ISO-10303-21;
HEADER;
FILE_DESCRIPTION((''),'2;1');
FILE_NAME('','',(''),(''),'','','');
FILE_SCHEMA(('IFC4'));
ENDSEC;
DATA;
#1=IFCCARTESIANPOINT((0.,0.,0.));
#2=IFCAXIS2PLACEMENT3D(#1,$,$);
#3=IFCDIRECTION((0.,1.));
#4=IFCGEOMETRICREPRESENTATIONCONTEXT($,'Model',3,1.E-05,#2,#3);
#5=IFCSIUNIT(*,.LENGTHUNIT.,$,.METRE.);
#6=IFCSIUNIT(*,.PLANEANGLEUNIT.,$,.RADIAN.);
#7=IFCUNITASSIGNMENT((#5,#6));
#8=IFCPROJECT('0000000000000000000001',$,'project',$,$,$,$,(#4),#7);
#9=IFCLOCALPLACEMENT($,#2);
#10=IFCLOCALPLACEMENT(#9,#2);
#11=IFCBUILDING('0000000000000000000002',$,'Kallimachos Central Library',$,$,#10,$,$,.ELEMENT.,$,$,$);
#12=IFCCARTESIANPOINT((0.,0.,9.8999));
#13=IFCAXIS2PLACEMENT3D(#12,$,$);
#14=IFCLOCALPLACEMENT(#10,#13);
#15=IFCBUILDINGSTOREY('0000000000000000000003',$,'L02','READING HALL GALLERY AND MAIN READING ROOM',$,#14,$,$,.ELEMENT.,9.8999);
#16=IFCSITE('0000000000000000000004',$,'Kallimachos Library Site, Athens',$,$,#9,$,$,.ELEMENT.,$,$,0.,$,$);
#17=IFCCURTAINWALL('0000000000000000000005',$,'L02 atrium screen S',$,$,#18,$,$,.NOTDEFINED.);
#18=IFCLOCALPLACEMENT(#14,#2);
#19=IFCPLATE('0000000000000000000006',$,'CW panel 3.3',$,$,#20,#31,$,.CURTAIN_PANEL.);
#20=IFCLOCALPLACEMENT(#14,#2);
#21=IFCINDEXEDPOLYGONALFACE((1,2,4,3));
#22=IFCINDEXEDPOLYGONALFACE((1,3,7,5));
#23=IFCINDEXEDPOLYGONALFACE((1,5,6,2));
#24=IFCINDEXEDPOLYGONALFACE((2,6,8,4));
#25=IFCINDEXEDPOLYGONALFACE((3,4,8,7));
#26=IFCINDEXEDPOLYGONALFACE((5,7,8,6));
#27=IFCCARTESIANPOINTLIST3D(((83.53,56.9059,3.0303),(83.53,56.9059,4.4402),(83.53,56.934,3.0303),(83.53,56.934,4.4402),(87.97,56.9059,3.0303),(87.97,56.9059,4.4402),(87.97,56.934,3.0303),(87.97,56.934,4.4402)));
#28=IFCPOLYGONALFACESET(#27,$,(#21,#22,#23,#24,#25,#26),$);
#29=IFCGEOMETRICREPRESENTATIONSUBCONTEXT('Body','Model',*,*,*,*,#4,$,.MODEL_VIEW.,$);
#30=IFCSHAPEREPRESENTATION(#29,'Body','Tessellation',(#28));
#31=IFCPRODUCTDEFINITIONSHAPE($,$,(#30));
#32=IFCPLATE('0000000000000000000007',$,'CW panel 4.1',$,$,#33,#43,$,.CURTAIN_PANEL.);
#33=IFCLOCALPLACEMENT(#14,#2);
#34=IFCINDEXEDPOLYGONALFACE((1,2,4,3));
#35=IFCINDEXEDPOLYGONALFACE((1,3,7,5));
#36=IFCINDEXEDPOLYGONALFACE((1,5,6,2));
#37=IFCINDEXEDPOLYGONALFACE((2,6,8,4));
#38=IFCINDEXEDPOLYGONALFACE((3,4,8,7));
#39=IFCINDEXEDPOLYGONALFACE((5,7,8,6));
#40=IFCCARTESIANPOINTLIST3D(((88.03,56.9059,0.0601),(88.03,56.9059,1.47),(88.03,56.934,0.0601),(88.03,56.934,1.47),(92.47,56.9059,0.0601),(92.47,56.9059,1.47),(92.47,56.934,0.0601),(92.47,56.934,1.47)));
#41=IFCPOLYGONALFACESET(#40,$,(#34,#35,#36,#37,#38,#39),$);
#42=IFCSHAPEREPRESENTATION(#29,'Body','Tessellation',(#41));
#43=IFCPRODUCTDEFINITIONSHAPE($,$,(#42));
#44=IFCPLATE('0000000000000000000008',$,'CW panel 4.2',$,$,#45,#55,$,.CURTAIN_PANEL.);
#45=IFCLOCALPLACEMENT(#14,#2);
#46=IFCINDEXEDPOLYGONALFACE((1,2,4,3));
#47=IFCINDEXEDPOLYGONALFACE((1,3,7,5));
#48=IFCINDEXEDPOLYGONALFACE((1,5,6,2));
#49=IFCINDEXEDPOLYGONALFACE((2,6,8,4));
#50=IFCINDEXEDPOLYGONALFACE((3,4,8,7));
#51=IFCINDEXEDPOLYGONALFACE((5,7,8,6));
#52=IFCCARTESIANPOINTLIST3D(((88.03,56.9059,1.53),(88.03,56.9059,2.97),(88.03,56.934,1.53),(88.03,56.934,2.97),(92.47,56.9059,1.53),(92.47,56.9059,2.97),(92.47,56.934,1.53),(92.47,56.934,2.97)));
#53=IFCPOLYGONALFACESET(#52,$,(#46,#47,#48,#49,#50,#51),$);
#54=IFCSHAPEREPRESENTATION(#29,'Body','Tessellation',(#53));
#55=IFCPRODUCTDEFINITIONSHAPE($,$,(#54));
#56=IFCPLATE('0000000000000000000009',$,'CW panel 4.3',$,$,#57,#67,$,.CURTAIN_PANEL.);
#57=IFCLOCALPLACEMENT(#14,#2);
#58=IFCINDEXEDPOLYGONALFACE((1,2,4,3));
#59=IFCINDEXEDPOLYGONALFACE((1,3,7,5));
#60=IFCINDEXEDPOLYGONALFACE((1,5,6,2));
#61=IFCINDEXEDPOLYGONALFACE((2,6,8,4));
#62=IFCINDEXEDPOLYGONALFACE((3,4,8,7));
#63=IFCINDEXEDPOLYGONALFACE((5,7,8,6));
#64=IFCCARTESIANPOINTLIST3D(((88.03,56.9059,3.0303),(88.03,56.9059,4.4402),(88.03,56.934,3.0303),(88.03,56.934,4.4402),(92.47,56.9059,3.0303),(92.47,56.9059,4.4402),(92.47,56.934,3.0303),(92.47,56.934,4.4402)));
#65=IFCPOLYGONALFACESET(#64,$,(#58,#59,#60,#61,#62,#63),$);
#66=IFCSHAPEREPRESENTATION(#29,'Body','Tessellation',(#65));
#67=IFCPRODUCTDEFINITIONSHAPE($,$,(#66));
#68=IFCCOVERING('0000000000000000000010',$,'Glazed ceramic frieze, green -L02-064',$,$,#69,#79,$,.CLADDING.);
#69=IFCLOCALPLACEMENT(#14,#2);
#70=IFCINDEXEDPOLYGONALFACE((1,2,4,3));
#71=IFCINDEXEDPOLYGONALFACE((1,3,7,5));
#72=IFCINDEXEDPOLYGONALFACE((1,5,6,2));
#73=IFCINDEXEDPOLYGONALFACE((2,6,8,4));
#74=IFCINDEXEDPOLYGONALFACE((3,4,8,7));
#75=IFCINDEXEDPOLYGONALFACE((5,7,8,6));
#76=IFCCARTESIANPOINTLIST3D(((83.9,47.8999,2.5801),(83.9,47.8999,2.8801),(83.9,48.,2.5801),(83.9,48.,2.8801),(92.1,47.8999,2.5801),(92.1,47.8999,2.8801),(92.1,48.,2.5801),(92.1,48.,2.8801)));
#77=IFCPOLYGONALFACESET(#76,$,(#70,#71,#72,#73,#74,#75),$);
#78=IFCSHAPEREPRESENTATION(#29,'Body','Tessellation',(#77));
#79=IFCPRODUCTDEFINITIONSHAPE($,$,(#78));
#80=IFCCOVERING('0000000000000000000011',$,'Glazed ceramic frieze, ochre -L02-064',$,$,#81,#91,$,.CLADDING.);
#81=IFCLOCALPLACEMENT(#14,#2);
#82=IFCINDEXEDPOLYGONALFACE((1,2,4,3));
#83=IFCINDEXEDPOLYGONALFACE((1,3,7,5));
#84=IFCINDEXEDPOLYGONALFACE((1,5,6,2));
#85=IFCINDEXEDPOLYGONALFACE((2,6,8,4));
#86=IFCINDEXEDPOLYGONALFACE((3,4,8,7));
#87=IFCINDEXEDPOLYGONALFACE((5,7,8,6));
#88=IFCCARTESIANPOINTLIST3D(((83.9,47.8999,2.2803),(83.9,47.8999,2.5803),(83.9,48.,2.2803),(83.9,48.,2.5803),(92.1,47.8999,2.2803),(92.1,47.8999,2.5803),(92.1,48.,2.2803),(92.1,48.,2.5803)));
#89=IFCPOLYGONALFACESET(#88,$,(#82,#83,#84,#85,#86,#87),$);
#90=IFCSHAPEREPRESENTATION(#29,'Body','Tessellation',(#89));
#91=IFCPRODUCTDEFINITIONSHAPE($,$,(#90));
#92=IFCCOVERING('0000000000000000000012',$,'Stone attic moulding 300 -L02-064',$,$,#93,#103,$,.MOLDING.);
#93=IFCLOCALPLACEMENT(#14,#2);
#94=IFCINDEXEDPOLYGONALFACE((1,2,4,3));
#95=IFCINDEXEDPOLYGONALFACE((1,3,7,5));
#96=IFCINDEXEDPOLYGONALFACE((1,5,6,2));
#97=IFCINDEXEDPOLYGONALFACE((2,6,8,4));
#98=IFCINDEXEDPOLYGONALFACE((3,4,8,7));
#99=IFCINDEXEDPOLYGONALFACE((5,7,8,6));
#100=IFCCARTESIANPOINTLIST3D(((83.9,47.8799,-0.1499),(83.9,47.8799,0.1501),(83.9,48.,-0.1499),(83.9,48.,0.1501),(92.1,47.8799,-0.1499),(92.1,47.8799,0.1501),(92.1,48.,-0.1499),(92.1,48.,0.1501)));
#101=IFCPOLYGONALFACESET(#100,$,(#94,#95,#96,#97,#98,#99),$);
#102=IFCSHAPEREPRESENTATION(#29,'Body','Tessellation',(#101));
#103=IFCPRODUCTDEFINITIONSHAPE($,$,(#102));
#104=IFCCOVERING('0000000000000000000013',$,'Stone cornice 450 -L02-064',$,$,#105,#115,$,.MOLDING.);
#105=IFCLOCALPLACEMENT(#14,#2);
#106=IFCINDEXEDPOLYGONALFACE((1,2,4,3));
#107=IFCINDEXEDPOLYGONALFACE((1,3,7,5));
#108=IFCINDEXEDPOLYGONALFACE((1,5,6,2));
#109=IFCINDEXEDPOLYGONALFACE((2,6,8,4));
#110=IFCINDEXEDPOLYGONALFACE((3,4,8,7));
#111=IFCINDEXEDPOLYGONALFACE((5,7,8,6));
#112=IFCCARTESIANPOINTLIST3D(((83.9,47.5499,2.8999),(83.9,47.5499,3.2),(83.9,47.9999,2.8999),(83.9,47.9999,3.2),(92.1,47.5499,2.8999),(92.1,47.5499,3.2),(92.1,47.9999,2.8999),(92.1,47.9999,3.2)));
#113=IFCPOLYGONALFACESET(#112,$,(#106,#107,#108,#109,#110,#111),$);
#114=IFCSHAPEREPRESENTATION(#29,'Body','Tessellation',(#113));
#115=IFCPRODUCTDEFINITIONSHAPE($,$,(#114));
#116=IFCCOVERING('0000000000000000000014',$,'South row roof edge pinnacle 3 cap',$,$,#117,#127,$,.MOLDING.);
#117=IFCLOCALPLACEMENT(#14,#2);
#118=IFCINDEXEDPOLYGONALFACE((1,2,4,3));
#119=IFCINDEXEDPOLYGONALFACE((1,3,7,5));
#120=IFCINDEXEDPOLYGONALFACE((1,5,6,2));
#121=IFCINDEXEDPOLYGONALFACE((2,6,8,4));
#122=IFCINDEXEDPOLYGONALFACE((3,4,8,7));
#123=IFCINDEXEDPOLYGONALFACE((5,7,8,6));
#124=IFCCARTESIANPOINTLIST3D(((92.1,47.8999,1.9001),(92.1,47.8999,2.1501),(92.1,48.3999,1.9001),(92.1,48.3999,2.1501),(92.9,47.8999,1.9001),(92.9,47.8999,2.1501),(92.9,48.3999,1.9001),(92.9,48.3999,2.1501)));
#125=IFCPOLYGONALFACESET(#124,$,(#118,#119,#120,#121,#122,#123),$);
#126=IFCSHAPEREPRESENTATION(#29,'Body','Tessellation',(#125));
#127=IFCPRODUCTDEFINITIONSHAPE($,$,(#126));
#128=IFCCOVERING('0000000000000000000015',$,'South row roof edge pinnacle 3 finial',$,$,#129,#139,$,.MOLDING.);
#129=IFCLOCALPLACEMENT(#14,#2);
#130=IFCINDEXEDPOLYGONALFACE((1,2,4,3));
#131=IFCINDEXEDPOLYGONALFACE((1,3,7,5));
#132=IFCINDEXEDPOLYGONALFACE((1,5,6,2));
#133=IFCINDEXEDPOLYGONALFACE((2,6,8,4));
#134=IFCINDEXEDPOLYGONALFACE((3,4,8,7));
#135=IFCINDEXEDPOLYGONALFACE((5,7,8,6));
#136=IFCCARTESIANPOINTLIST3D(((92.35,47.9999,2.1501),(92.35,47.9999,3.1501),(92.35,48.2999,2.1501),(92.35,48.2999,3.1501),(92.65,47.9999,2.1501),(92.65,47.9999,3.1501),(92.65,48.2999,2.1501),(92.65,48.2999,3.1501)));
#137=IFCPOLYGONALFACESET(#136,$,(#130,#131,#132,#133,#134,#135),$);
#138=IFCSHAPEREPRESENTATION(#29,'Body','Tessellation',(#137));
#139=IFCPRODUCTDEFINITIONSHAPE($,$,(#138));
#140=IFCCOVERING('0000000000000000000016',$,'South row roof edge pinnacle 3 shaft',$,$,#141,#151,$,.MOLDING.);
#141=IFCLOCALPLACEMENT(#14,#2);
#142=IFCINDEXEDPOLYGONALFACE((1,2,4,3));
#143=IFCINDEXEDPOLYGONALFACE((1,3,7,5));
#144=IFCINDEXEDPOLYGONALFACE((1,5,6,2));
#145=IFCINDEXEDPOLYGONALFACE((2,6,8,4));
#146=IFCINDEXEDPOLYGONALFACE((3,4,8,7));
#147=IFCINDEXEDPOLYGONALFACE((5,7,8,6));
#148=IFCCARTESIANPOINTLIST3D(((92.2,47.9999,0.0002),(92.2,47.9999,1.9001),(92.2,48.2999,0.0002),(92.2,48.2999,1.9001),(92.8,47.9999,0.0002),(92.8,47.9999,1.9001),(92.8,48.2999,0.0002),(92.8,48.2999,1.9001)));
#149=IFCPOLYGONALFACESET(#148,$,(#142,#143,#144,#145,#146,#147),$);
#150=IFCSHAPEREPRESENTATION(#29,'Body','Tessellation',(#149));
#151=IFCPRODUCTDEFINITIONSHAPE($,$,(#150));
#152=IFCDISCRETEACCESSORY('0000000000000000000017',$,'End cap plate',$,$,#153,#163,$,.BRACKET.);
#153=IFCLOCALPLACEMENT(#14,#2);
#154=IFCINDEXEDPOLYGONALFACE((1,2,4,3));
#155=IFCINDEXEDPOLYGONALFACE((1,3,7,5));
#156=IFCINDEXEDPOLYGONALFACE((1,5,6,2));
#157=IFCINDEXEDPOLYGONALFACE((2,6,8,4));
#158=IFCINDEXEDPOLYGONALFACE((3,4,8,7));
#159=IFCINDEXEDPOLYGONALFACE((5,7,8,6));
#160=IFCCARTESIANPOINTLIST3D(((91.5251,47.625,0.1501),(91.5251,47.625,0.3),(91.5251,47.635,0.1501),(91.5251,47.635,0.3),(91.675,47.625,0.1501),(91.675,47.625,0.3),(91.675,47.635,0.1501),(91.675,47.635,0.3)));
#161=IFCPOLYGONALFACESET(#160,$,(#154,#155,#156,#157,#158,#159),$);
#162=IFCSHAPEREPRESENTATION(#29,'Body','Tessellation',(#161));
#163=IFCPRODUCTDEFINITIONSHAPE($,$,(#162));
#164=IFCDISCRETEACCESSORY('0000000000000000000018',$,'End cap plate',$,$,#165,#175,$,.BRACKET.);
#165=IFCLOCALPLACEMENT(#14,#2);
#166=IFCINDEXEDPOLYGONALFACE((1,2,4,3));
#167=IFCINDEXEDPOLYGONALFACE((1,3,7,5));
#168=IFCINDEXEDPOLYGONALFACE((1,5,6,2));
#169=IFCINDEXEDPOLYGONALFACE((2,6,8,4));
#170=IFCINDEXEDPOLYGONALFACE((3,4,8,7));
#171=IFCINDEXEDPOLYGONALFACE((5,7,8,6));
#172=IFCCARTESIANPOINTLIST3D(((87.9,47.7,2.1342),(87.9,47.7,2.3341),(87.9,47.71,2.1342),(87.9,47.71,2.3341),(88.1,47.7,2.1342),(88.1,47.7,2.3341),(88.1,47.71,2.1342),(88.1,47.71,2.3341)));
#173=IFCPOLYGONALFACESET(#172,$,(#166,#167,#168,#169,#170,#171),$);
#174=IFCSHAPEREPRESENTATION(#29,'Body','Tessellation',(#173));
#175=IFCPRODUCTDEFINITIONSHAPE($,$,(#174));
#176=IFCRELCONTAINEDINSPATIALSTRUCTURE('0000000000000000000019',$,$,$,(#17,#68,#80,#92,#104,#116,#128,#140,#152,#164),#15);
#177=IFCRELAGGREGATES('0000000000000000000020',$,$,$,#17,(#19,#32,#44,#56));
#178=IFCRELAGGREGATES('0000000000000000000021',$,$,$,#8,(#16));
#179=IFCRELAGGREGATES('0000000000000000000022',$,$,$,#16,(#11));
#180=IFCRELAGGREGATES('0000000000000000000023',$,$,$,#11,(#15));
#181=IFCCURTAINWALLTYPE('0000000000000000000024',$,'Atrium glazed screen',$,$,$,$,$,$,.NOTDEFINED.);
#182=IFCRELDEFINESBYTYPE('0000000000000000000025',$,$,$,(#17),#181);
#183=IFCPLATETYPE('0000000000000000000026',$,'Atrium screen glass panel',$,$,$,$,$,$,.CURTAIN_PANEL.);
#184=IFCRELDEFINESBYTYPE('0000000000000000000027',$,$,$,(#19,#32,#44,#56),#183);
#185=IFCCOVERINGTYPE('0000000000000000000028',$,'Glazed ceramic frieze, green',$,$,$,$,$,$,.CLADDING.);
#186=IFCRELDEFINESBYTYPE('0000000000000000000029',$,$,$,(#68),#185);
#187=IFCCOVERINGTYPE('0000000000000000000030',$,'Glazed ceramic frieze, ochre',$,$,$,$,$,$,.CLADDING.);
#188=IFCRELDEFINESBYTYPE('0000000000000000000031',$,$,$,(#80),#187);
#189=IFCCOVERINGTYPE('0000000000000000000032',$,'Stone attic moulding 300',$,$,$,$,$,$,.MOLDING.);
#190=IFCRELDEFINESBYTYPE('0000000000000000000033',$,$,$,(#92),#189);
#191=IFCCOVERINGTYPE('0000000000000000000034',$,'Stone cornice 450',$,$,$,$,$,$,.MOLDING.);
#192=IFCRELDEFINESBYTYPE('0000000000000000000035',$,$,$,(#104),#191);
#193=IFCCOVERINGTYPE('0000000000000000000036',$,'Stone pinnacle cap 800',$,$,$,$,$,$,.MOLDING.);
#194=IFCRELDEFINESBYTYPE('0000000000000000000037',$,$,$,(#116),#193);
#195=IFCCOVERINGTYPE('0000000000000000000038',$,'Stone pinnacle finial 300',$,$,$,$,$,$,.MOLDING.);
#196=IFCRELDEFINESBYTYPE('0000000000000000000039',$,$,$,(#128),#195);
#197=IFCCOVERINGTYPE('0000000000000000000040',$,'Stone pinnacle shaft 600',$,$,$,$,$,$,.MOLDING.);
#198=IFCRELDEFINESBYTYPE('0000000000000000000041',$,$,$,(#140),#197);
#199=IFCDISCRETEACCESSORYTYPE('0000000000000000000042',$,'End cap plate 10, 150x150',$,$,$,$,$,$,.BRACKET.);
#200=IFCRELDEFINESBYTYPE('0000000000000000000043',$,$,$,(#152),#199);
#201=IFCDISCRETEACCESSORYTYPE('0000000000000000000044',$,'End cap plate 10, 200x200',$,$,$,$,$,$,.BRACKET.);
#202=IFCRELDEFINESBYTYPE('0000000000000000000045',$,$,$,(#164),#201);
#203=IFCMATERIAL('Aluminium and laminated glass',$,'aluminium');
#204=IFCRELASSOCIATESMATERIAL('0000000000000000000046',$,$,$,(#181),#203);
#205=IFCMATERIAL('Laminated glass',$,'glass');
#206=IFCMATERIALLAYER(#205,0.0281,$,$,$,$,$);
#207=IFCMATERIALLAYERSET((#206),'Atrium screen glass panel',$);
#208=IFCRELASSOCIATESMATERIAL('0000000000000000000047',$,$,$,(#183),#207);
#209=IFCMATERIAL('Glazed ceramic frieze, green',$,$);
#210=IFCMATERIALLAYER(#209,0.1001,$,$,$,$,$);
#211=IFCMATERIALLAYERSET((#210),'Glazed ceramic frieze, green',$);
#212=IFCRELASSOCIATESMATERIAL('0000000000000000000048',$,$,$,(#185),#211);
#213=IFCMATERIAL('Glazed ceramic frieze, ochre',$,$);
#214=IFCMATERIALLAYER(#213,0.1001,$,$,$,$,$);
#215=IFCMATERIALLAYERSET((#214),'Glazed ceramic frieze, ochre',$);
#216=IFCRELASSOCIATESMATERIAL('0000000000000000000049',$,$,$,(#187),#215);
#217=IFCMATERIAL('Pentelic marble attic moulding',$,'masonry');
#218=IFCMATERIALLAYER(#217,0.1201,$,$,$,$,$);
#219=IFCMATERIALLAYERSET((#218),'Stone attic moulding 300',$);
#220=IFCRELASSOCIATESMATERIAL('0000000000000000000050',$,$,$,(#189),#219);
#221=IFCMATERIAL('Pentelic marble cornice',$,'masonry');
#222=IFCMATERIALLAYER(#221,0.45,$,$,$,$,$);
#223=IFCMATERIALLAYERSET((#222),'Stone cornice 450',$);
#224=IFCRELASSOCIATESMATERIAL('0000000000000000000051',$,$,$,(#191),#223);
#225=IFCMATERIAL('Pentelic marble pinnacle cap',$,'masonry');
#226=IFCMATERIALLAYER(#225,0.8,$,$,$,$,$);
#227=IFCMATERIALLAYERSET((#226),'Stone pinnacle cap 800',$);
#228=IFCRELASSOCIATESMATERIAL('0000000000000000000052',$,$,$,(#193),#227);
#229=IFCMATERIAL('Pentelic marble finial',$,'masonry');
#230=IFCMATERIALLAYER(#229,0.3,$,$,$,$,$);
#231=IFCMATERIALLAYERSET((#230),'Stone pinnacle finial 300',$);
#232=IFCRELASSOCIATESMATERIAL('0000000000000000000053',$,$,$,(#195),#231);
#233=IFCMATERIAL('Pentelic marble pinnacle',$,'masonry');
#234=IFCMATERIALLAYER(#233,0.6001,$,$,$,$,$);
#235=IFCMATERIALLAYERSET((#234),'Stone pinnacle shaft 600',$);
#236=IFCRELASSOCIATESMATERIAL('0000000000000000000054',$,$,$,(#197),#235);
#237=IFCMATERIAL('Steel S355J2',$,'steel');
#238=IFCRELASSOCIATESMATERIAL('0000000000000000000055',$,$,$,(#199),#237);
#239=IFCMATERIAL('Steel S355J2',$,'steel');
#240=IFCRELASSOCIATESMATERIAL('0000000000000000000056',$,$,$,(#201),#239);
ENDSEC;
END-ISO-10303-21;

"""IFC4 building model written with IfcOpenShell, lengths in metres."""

from ifc_helpers import new_model, si_unit, direction, frame, origin, origin_2d, place, context, subcontext, project, spatial, rectangle, extrude, material, layer, layer_set, material_profile, profile_set, type_object, element, aggregate, save


model = new_model("IFC4")

# Units and contexts
model_context = context("Model", 3, precision=1e-05, world=origin(), true_north=direction((0.0, 1.0)))
body_context = subcontext(model_context, "Body", "Model", "MODEL_VIEW")
ifc_project = project(units=[si_unit("LENGTHUNIT", "METRE"), si_unit("PLANEANGLEUNIT", "RADIAN")], contexts=[model_context])

# Site, building, storey
site_placement = place(None, origin())
site = spatial("IfcSite", under=ifc_project, at=site_placement, Name="Kallimachos Library Site, Athens", CompositionType="ELEMENT", RefElevation=0.0)
building_placement = place(site_placement, origin())
building = spatial("IfcBuilding", under=site, at=building_placement, Name="Kallimachos Central Library", CompositionType="ELEMENT")
storey_placement = place(building_placement, frame((0.0, 0.0, 9.8999)))
storey = spatial("IfcBuildingStorey", under=building, at=storey_placement, Name="L02", Description="READING HALL GALLERY AND MAIN READING ROOM", CompositionType="ELEMENT", Elevation=9.8999)

# Curtain wall, plates
ifc_material_1 = material(Name="Aluminium and laminated glass", Category="aluminium")
curtain_wall_type = type_object("IfcCurtainWallType", Name="Atrium glazed screen", PredefinedType="NOTDEFINED", material=ifc_material_1)
curtain_wall_placement = place(storey_placement, origin())
curtain_wall = element("IfcCurtainWall", 1, at=curtain_wall_placement, inside=storey, type_object=curtain_wall_type, Name="L02 atrium screen S", PredefinedType="NOTDEFINED")
ifc_material_2 = material(Name="Laminated glass", Category="glass")
ifc_layer_1 = layer(ifc_material_2, 0.0281)
ifc_layer_set_1 = layer_set([ifc_layer_1], Name="Atrium screen glass panel")
plate_type = type_object("IfcPlateType", Name="Atrium screen glass panel", PredefinedType="CURTAIN_PANEL", material=ifc_layer_set_1)
plate_1_placement = place(storey_placement, frame((85.75, 56.9199, 3.0303), z_axis=(0.0, 0.0, 1.0), x_axis=(1.0, 0.0, 0.0)))
plate_1 = element("IfcPlate", 2, at=plate_1_placement, type_object=plate_type, Name="CW panel 3.3", PredefinedType="CURTAIN_PANEL", context=body_context, shape_type="SweptSolid", body=[
    extrude(rectangle(XDim=4.4399, YDim=0.0281, at=origin_2d()), origin(), (0.0, 0.0, 1.0), 1.4099),
])
plate_2_placement = place(storey_placement, frame((90.25, 56.9199, 0.0601), z_axis=(0.0, 0.0, 1.0), x_axis=(1.0, 0.0, 0.0)))
plate_2 = element("IfcPlate", 3, at=plate_2_placement, type_object=plate_type, Name="CW panel 4.1", PredefinedType="CURTAIN_PANEL", context=body_context, shape_type="SweptSolid", body=[
    extrude(rectangle(XDim=4.4399, YDim=0.0281, at=origin_2d()), origin(), (0.0, 0.0, 1.0), 1.4099),
])
plate_3_placement = place(storey_placement, frame((90.25, 56.9199, 1.53), z_axis=(0.0, 0.0, 1.0), x_axis=(1.0, 0.0, 0.0)))
plate_3 = element("IfcPlate", 4, at=plate_3_placement, type_object=plate_type, Name="CW panel 4.2", PredefinedType="CURTAIN_PANEL", context=body_context, shape_type="SweptSolid", body=[
    extrude(rectangle(XDim=4.4399, YDim=0.0281, at=origin_2d()), origin(), (0.0, 0.0, 1.0), 1.4399),
])
plate_4_placement = place(storey_placement, frame((90.25, 56.9199, 3.0303), z_axis=(0.0, 0.0, 1.0), x_axis=(1.0, 0.0, 0.0)))
plate_4 = element("IfcPlate", 5, at=plate_4_placement, type_object=plate_type, Name="CW panel 4.3", PredefinedType="CURTAIN_PANEL", context=body_context, shape_type="SweptSolid", body=[
    extrude(rectangle(XDim=4.4399, YDim=0.0281, at=origin_2d()), origin(), (0.0, 0.0, 1.0), 1.4099),
])
aggregate(curtain_wall, [plate_1, plate_2, plate_3, plate_4])

# Coverings
ifc_material_3 = material(Name="Glazed ceramic frieze, green")
ifc_layer_2 = layer(ifc_material_3, 0.1001)
ifc_layer_set_2 = layer_set([ifc_layer_2], Name="Glazed ceramic frieze, green")
covering_type_1 = type_object("IfcCoveringType", Name="Glazed ceramic frieze, green", PredefinedType="CLADDING", material=ifc_layer_set_2)
covering_1_placement = place(storey_placement, frame((88.0, 47.95, 2.5801), z_axis=(0.0, 0.0, 1.0), x_axis=(1.0, 0.0, 0.0)))
element("IfcCovering", 6, at=covering_1_placement, inside=storey, type_object=covering_type_1, Name="Glazed ceramic frieze, green -L02-064", PredefinedType="CLADDING", context=body_context, shape_type="SweptSolid", body=[
    extrude(rectangle(XDim=8.2, YDim=0.1001, at=origin_2d()), origin(), (0.0, 0.0, 1.0), 0.3),
])
ifc_material_4 = material(Name="Glazed ceramic frieze, ochre")
ifc_layer_3 = layer(ifc_material_4, 0.1001)
ifc_layer_set_3 = layer_set([ifc_layer_3], Name="Glazed ceramic frieze, ochre")
covering_type_2 = type_object("IfcCoveringType", Name="Glazed ceramic frieze, ochre", PredefinedType="CLADDING", material=ifc_layer_set_3)
covering_2_placement = place(storey_placement, frame((88.0, 47.95, 2.2803), z_axis=(0.0, 0.0, 1.0), x_axis=(1.0, 0.0, 0.0)))
element("IfcCovering", 7, at=covering_2_placement, inside=storey, type_object=covering_type_2, Name="Glazed ceramic frieze, ochre -L02-064", PredefinedType="CLADDING", context=body_context, shape_type="SweptSolid", body=[
    extrude(rectangle(XDim=8.2, YDim=0.1001, at=origin_2d()), origin(), (0.0, 0.0, 1.0), 0.3),
])
ifc_material_5 = material(Name="Pentelic marble attic moulding", Category="masonry")
ifc_layer_4 = layer(ifc_material_5, 0.1201)
ifc_layer_set_4 = layer_set([ifc_layer_4], Name="Stone attic moulding 300")
covering_type_3 = type_object("IfcCoveringType", Name="Stone attic moulding 300", PredefinedType="MOLDING", material=ifc_layer_set_4)
covering_3_placement = place(storey_placement, frame((88.0, 47.9399, -0.1499), z_axis=(0.0, 0.0, 1.0), x_axis=(1.0, 0.0, 0.0)))
element("IfcCovering", 8, at=covering_3_placement, inside=storey, type_object=covering_type_3, Name="Stone attic moulding 300 -L02-064", PredefinedType="MOLDING", context=body_context, shape_type="SweptSolid", body=[
    extrude(rectangle(XDim=8.2, YDim=0.1201, at=origin_2d()), origin(), (0.0, 0.0, 1.0), 0.3),
])
ifc_material_6 = material(Name="Pentelic marble cornice", Category="masonry")
ifc_layer_5 = layer(ifc_material_6, 0.45)
ifc_layer_set_5 = layer_set([ifc_layer_5], Name="Stone cornice 450")
covering_type_4 = type_object("IfcCoveringType", Name="Stone cornice 450", PredefinedType="MOLDING", material=ifc_layer_set_5)
covering_4_placement = place(storey_placement, frame((88.0, 47.7749, 2.8999), z_axis=(0.0, 0.0, 1.0), x_axis=(1.0, 0.0, 0.0)))
element("IfcCovering", 9, at=covering_4_placement, inside=storey, type_object=covering_type_4, Name="Stone cornice 450 -L02-064", PredefinedType="MOLDING", context=body_context, shape_type="SweptSolid", body=[
    extrude(rectangle(XDim=8.2, YDim=0.45, at=origin_2d()), origin(), (0.0, 0.0, 1.0), 0.3),
])
ifc_material_7 = material(Name="Pentelic marble pinnacle cap", Category="masonry")
ifc_layer_6 = layer(ifc_material_7, 0.8)
ifc_layer_set_6 = layer_set([ifc_layer_6], Name="Stone pinnacle cap 800")
covering_type_5 = type_object("IfcCoveringType", Name="Stone pinnacle cap 800", PredefinedType="MOLDING", material=ifc_layer_set_6)
covering_5_placement = place(storey_placement, frame((92.5, 48.1499, 1.9001), z_axis=(0.0, 0.0, 1.0), x_axis=(1.0, 0.0, 0.0)))
element("IfcCovering", 10, at=covering_5_placement, inside=storey, type_object=covering_type_5, Name="South row roof edge pinnacle 3 cap", PredefinedType="MOLDING", context=body_context, shape_type="SweptSolid", body=[
    extrude(rectangle(XDim=0.8, YDim=0.5, at=origin_2d()), origin(), (0.0, 0.0, 1.0), 0.25),
])
ifc_material_8 = material(Name="Pentelic marble finial", Category="masonry")
ifc_layer_7 = layer(ifc_material_8, 0.3)
ifc_layer_set_7 = layer_set([ifc_layer_7], Name="Stone pinnacle finial 300")
covering_type_6 = type_object("IfcCoveringType", Name="Stone pinnacle finial 300", PredefinedType="MOLDING", material=ifc_layer_set_7)
covering_6_placement = place(storey_placement, frame((92.5, 48.1499, 2.1501), z_axis=(0.0, 0.0, 1.0), x_axis=(1.0, 0.0, 0.0)))
element("IfcCovering", 11, at=covering_6_placement, inside=storey, type_object=covering_type_6, Name="South row roof edge pinnacle 3 finial", PredefinedType="MOLDING", context=body_context, shape_type="SweptSolid", body=[
    extrude(rectangle(XDim=0.3, YDim=0.3, at=origin_2d()), origin(), (0.0, 0.0, 1.0), 1.0),
])
ifc_material_9 = material(Name="Pentelic marble pinnacle", Category="masonry")
ifc_layer_8 = layer(ifc_material_9, 0.6001)
ifc_layer_set_8 = layer_set([ifc_layer_8], Name="Stone pinnacle shaft 600")
covering_type_7 = type_object("IfcCoveringType", Name="Stone pinnacle shaft 600", PredefinedType="MOLDING", material=ifc_layer_set_8)
covering_7_placement = place(storey_placement, frame((92.5, 48.1499, 0.0002), z_axis=(0.0, 0.0, 1.0), x_axis=(1.0, 0.0, 0.0)))
element("IfcCovering", 12, at=covering_7_placement, inside=storey, type_object=covering_type_7, Name="South row roof edge pinnacle 3 shaft", PredefinedType="MOLDING", context=body_context, shape_type="SweptSolid", body=[
    extrude(rectangle(XDim=0.6001, YDim=0.3, at=origin_2d()), origin(), (0.0, 0.0, 1.0), 1.8999),
])

# Discrete accessories
ifc_material_10 = material(Name="Steel S355J2", Category="steel")
ifc_material_profile_1 = material_profile(ifc_material_10, rectangle(XDim=0.1499, YDim=0.1499, at=origin_2d()), Name="End cap plate 10, 150x150")
ifc_profile_set_1 = profile_set([ifc_material_profile_1], Name="Steel S355J2")
discrete_accessory_type_1 = type_object("IfcDiscreteAccessoryType", Name="End cap plate 10, 150x150", PredefinedType="BRACKET", material=ifc_profile_set_1)
discrete_accessory_1_placement = place(storey_placement, frame((91.6001, 47.625, 0.2251), z_axis=(0.0, 1.0, 0.0), x_axis=(-1.0, 0.0, 0.0)))
element("IfcDiscreteAccessory", 13, at=discrete_accessory_1_placement, inside=storey, type_object=discrete_accessory_type_1, Name="End cap plate", PredefinedType="BRACKET", context=body_context, shape_type="SweptSolid", body=[
    extrude(rectangle(XDim=0.1499, YDim=0.1499, at=origin_2d()), origin(), (0.0, 0.0, 1.0), 0.01),
])
ifc_material_11 = material(Name="Steel S355J2", Category="steel")
ifc_material_profile_2 = material_profile(ifc_material_11, rectangle(XDim=0.2, YDim=0.2, at=origin_2d()), Name="End cap plate 10, 200x200")
ifc_profile_set_2 = profile_set([ifc_material_profile_2], Name="Steel S355J2")
discrete_accessory_type_2 = type_object("IfcDiscreteAccessoryType", Name="End cap plate 10, 200x200", PredefinedType="BRACKET", material=ifc_profile_set_2)
discrete_accessory_2_placement = place(storey_placement, frame((88.0, 47.7, 2.2341), z_axis=(0.0, 1.0, 0.0), x_axis=(-1.0, 0.0, 0.0)))
element("IfcDiscreteAccessory", 14, at=discrete_accessory_2_placement, inside=storey, type_object=discrete_accessory_type_2, Name="End cap plate", PredefinedType="BRACKET", context=body_context, shape_type="SweptSolid", body=[
    extrude(rectangle(XDim=0.2, YDim=0.2, at=origin_2d()), origin(), (0.0, 0.0, 1.0), 0.01),
])

save(model, "model.ifc")
